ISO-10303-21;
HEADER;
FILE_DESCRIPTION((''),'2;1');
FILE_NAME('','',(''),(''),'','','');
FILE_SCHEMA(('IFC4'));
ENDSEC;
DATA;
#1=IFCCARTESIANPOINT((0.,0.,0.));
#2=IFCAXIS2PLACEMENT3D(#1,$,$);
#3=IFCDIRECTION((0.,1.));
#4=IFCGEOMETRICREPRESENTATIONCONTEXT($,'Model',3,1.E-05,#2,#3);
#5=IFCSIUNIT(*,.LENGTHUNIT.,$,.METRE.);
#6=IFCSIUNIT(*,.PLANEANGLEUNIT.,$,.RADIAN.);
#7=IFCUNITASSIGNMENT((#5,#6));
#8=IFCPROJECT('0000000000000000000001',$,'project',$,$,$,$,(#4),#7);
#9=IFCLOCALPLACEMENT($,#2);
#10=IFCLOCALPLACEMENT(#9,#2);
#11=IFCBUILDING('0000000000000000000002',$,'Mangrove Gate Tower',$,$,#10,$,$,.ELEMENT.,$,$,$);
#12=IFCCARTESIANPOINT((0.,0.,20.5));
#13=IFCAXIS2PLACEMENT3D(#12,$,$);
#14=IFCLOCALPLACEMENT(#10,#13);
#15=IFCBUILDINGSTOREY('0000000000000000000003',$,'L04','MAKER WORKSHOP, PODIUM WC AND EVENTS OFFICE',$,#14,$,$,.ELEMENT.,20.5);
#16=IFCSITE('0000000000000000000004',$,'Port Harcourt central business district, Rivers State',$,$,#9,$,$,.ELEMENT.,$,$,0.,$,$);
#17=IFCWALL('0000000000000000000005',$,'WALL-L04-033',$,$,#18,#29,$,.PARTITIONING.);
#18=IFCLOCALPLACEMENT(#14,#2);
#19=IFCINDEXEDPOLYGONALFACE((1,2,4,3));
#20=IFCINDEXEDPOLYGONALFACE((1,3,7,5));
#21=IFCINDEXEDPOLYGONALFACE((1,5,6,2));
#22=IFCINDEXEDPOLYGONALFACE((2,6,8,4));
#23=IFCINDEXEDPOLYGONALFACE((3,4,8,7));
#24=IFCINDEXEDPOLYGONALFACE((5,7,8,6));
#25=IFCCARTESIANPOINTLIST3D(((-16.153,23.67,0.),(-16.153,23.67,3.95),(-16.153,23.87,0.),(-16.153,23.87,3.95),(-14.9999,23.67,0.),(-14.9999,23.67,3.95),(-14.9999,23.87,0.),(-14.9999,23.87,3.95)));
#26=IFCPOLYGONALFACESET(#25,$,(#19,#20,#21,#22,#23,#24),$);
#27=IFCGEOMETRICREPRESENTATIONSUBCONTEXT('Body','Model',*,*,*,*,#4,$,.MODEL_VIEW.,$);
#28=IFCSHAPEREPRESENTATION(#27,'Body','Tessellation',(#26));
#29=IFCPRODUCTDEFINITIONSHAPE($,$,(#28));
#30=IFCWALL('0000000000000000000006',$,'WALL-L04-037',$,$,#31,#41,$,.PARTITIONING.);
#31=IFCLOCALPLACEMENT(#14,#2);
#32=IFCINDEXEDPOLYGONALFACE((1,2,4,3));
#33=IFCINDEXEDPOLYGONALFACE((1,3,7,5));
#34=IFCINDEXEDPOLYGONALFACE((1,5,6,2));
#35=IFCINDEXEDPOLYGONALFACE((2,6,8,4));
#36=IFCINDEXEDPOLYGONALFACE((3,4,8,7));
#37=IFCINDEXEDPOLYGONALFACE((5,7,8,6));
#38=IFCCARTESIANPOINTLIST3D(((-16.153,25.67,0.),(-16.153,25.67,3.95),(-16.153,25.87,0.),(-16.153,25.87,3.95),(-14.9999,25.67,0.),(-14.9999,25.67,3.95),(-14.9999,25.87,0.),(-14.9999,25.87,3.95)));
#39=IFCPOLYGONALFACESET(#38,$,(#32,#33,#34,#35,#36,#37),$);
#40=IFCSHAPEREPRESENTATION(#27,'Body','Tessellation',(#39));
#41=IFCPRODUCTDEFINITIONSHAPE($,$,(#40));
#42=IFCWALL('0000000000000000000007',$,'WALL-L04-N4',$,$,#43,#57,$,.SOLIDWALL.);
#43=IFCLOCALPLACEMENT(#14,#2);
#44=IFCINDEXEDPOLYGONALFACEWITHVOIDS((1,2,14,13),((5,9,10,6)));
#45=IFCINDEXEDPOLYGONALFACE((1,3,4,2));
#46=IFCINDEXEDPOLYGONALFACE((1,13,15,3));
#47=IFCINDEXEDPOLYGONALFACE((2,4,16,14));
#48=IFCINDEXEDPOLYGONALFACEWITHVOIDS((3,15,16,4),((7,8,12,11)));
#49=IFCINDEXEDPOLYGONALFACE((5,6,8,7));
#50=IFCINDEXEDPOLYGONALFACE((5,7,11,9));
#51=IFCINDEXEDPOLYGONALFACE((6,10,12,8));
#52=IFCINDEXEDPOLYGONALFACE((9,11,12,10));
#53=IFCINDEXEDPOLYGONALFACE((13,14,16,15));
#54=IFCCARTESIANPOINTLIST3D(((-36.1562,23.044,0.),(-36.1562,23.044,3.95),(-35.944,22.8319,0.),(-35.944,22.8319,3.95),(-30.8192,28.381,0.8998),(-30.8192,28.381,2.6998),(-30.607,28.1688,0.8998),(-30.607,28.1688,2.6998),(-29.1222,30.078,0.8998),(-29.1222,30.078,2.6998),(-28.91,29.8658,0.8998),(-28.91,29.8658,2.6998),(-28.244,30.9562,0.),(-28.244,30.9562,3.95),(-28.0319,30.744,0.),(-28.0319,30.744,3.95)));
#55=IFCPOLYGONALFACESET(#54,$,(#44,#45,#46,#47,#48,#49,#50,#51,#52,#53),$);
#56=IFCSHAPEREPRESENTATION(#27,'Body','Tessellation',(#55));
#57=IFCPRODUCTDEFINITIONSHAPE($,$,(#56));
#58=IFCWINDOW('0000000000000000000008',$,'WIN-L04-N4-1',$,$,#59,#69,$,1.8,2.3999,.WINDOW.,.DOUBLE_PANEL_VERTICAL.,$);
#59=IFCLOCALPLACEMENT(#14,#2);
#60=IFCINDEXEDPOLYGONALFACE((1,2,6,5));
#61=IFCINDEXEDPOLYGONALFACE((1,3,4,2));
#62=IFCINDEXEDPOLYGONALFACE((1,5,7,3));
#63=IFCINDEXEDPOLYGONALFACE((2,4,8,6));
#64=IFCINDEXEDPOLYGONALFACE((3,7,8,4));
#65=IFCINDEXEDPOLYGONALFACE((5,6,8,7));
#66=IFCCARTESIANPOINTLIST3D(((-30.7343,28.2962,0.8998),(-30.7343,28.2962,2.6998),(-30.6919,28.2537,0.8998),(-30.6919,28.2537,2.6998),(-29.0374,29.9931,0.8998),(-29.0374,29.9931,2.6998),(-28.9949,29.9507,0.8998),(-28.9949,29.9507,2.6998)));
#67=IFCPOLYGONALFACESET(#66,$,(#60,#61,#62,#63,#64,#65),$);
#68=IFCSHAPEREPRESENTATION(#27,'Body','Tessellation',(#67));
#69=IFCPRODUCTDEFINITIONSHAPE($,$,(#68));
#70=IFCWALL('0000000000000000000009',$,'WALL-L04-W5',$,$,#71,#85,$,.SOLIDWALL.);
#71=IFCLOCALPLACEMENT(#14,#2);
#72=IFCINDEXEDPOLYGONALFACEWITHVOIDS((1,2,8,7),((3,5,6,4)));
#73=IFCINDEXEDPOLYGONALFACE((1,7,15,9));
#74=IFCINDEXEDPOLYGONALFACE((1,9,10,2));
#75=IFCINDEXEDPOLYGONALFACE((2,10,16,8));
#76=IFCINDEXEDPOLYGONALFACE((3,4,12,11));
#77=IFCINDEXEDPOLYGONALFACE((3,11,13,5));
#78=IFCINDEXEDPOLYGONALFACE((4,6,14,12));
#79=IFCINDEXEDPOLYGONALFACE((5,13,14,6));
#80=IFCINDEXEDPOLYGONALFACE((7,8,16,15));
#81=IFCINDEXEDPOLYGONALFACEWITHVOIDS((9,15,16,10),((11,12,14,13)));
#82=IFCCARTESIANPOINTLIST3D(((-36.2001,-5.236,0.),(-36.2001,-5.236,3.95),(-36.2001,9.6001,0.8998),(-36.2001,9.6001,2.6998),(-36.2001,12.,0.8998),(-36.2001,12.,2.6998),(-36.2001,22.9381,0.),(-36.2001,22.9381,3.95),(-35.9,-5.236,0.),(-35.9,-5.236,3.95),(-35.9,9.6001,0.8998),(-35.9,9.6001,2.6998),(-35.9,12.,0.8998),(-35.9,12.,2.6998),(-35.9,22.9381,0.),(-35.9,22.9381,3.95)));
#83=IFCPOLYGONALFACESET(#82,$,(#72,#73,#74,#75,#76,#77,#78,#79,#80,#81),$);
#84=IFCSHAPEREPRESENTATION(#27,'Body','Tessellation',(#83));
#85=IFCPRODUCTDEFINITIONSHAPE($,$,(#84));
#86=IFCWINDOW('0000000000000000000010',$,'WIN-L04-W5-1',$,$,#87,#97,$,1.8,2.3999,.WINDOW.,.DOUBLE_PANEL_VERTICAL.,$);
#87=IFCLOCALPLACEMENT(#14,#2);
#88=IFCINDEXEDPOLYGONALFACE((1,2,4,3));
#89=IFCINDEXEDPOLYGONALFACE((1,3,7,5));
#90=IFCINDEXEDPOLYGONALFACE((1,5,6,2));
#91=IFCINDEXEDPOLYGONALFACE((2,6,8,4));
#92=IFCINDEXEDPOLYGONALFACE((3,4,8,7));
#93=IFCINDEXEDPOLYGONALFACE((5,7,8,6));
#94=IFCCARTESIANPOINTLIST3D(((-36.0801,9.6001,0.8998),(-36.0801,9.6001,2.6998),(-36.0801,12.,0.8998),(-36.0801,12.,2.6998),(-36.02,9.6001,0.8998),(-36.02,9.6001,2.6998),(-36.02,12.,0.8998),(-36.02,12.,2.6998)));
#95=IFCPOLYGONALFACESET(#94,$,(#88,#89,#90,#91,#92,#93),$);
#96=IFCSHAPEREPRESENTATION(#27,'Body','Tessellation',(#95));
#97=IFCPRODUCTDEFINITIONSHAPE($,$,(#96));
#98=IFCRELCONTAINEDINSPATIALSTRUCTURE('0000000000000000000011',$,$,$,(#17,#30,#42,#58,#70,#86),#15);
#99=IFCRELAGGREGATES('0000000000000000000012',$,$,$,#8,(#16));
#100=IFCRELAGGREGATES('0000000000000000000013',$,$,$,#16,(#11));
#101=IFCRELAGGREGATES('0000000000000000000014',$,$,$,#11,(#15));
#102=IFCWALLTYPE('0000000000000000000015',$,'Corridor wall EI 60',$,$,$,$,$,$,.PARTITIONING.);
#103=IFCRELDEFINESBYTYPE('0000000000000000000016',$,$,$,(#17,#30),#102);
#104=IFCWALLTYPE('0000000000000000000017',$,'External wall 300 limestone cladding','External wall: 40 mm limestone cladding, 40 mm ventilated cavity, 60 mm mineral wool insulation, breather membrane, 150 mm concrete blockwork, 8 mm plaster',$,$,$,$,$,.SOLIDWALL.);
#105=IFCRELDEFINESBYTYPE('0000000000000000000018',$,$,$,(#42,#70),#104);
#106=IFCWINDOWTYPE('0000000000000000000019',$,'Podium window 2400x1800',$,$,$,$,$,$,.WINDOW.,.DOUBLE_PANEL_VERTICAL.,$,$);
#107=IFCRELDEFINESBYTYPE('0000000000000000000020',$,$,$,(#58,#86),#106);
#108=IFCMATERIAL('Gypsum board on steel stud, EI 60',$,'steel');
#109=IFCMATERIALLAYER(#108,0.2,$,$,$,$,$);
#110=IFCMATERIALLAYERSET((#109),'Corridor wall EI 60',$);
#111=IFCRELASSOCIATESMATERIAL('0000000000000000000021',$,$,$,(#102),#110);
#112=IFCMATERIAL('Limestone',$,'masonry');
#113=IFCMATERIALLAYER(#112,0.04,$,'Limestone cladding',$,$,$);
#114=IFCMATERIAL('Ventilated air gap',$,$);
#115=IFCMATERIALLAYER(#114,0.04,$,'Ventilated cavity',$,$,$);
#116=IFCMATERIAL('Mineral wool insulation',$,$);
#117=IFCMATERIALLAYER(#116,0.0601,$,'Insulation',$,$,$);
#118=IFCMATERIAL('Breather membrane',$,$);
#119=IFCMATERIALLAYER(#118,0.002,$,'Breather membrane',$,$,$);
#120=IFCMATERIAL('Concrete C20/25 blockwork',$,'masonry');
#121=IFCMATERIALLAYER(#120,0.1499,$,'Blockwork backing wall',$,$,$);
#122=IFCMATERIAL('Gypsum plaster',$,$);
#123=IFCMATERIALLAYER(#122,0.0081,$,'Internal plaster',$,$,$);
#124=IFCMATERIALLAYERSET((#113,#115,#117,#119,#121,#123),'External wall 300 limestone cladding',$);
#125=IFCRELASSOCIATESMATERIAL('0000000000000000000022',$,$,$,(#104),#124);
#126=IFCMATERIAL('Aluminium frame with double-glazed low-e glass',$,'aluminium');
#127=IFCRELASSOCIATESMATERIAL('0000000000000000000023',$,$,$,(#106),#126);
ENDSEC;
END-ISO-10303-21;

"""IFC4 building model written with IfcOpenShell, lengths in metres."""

from ifc_helpers import new_model, si_unit, direction, frame, frame_2d, origin, place, context, subcontext, project, spatial, rectangle, extrude, material, layer, layer_set, type_object, element, fill, save


model = new_model("IFC4")

# Units and contexts
model_context = context("Model", 3, precision=1e-05, world=origin(), true_north=direction((0.0, 1.0)))
body_context = subcontext(model_context, "Body", "Model", "MODEL_VIEW")
ifc_project = project(units=[si_unit("LENGTHUNIT", "METRE"), si_unit("PLANEANGLEUNIT", "RADIAN")], contexts=[model_context])

# Site, building, storey
site_placement = place(None, origin())
site = spatial("IfcSite", under=ifc_project, at=site_placement, Name="Port Harcourt central business district, Rivers State", CompositionType="ELEMENT", RefElevation=0.0)
building_placement = place(site_placement, origin())
building = spatial("IfcBuilding", under=site, at=building_placement, Name="Mangrove Gate Tower", CompositionType="ELEMENT")
storey_placement = place(building_placement, frame((0.0, 0.0, 20.5)))
storey = spatial("IfcBuildingStorey", under=building, at=storey_placement, Name="L04", Description="MAKER WORKSHOP, PODIUM WC AND EVENTS OFFICE", CompositionType="ELEMENT", Elevation=20.5)

# Walls
ifc_material_1 = material(Name="Gypsum board on steel stud, EI 60", Category="steel")
ifc_layer_1 = layer(ifc_material_1, 0.2)
ifc_layer_set_1 = layer_set([ifc_layer_1], Name="Corridor wall EI 60")
wall_type_1 = type_object("IfcWallType", Name="Corridor wall EI 60", PredefinedType="PARTITIONING", material=ifc_layer_set_1)
for number, where, z_axis, x_axis, name in (
    (1, (-16.1531, 23.77, 0.0), (0.0, 0.0, 1.0), (1.0, 0.0, 0.0), "WALL-L04-033"),
    (2, (-16.1531, 25.77, 0.0), (0.0, 0.0, 1.0), (1.0, 0.0, 0.0), "WALL-L04-037"),
):
    element("IfcWall", number, at=place(storey_placement, frame(where, z_axis=z_axis, x_axis=x_axis)), inside=storey, type_object=wall_type_1, Name=name, PredefinedType="PARTITIONING", context=body_context, shape_type="SweptSolid", body=[
        extrude(rectangle(XDim=1.1531, YDim=0.2, at=frame_2d((0.5767, 0.0))), origin(), (0.0, 0.0, 1.0), 3.95),
    ])

# Walls, openings, windows
ifc_material_2 = material(Name="Limestone", Category="masonry")
ifc_layer_2 = layer(ifc_material_2, 0.04, Name="Limestone cladding")
ifc_material_3 = material(Name="Ventilated air gap")
ifc_layer_3 = layer(ifc_material_3, 0.04, Name="Ventilated cavity")
ifc_material_4 = material(Name="Mineral wool insulation")
ifc_layer_4 = layer(ifc_material_4, 0.0601, Name="Insulation")
ifc_material_5 = material(Name="Breather membrane")
ifc_layer_5 = layer(ifc_material_5, 0.002, Name="Breather membrane")
ifc_material_6 = material(Name="Concrete C20/25 blockwork", Category="masonry")
ifc_layer_6 = layer(ifc_material_6, 0.1499, Name="Blockwork backing wall")
ifc_material_7 = material(Name="Gypsum plaster")
ifc_layer_7 = layer(ifc_material_7, 0.0081, Name="Internal plaster")
ifc_layer_set_2 = layer_set([ifc_layer_2, ifc_layer_3, ifc_layer_4, ifc_layer_5, ifc_layer_6, ifc_layer_7], Name="External wall 300 limestone cladding")
wall_type_2 = type_object("IfcWallType", Name="External wall 300 limestone cladding", Description="External wall: 40 mm limestone cladding, 40 mm ventilated cavity, 60 mm mineral wool insulation, breather membrane, 150 mm concrete blockwork, 8 mm plaster", PredefinedType="SOLIDWALL", material=ifc_layer_set_2)
wall_1_placement = place(storey_placement, frame((-28.1379, 30.8501, 0.0), z_axis=(0.0, 0.0, 1.0), x_axis=(-0.707107, -0.707107, 0.0)))
wall_1 = element("IfcWall", 3, at=wall_1_placement, inside=storey, type_object=wall_type_2, Name="WALL-L04-N4", PredefinedType="SOLIDWALL", context=body_context, shape_type="SweptSolid", body=[
    extrude(rectangle(XDim=11.1895, YDim=0.3, at=frame_2d((5.5947, 0.0))), origin(), (0.0, 0.0, 1.0), 3.95),
])
opening_1_placement = place(wall_1_placement, frame((1.2419, 0.0, 0.8999)))
opening_1 = element("IfcOpeningElement", 4, at=opening_1_placement, cuts=wall_1, PredefinedType="OPENING", context=body_context, shape_type="SweptSolid", body=[
    extrude(rectangle(XDim=2.3999, YDim=1.8, at=frame_2d((1.2, 0.8999))), frame((0.0, 0.1599, 0.0), z_axis=(0.0, -1.0, 0.0), x_axis=(1.0, 0.0, 0.0)), (0.0, 0.0, 1.0), 0.3201),
])
ifc_material_8 = material(Name="Aluminium frame with double-glazed low-e glass", Category="aluminium")
window_type = type_object("IfcWindowType", Name="Podium window 2400x1800", PartitioningType="DOUBLE_PANEL_VERTICAL", PredefinedType="WINDOW", material=ifc_material_8)
window_1_placement = place(opening_1_placement, origin())
window_1 = element("IfcWindow", 5, at=window_1_placement, inside=storey, type_object=window_type, Name="WIN-L04-N4-1", OverallHeight=1.8, OverallWidth=2.3999, PartitioningType="DOUBLE_PANEL_VERTICAL", PredefinedType="WINDOW", context=body_context, shape_type="SweptSolid", body=[
    extrude(rectangle(XDim=2.3999, YDim=1.8, at=frame_2d((1.2, 0.8999))), frame((0.0, 0.03, 0.0), z_axis=(0.0, -1.0, 0.0), x_axis=(1.0, 0.0, 0.0)), (0.0, 0.0, 1.0), 0.0601),
])
fill(opening_1, window_1)
wall_2_placement = place(storey_placement, frame((-36.05, 22.938, 0.0), z_axis=(0.0, 0.0, 1.0), x_axis=(0.0, -1.0, 0.0)))
wall_2 = element("IfcWall", 6, at=wall_2_placement, inside=storey, type_object=wall_type_2, Name="WALL-L04-W5", PredefinedType="SOLIDWALL", context=body_context, shape_type="SweptSolid", body=[
    extrude(rectangle(XDim=28.1741, YDim=0.3, at=frame_2d((14.0869, 0.0))), origin(), (0.0, 0.0, 1.0), 3.95),
])
opening_2_placement = place(wall_2_placement, frame((10.938, 0.0, 0.8999)))
opening_2 = element("IfcOpeningElement", 7, at=opening_2_placement, cuts=wall_2, PredefinedType="OPENING", context=body_context, shape_type="SweptSolid", body=[
    extrude(rectangle(XDim=2.3999, YDim=1.8, at=frame_2d((1.2, 0.8999))), frame((0.0, 0.1599, 0.0), z_axis=(0.0, -1.0, 0.0), x_axis=(1.0, 0.0, 0.0)), (0.0, 0.0, 1.0), 0.3201),
])
window_2_placement = place(opening_2_placement, origin())
window_2 = element("IfcWindow", 8, at=window_2_placement, inside=storey, type_object=window_type, Name="WIN-L04-W5-1", OverallHeight=1.8, OverallWidth=2.3999, PartitioningType="DOUBLE_PANEL_VERTICAL", PredefinedType="WINDOW", context=body_context, shape_type="SweptSolid", body=[
    extrude(rectangle(XDim=2.3999, YDim=1.8, at=frame_2d((1.2, 0.8999))), frame((0.0, 0.03, 0.0), z_axis=(0.0, -1.0, 0.0), x_axis=(1.0, 0.0, 0.0)), (0.0, 0.0, 1.0), 0.0601),
])
fill(opening_2, window_2)

save(model, "model.ifc")
